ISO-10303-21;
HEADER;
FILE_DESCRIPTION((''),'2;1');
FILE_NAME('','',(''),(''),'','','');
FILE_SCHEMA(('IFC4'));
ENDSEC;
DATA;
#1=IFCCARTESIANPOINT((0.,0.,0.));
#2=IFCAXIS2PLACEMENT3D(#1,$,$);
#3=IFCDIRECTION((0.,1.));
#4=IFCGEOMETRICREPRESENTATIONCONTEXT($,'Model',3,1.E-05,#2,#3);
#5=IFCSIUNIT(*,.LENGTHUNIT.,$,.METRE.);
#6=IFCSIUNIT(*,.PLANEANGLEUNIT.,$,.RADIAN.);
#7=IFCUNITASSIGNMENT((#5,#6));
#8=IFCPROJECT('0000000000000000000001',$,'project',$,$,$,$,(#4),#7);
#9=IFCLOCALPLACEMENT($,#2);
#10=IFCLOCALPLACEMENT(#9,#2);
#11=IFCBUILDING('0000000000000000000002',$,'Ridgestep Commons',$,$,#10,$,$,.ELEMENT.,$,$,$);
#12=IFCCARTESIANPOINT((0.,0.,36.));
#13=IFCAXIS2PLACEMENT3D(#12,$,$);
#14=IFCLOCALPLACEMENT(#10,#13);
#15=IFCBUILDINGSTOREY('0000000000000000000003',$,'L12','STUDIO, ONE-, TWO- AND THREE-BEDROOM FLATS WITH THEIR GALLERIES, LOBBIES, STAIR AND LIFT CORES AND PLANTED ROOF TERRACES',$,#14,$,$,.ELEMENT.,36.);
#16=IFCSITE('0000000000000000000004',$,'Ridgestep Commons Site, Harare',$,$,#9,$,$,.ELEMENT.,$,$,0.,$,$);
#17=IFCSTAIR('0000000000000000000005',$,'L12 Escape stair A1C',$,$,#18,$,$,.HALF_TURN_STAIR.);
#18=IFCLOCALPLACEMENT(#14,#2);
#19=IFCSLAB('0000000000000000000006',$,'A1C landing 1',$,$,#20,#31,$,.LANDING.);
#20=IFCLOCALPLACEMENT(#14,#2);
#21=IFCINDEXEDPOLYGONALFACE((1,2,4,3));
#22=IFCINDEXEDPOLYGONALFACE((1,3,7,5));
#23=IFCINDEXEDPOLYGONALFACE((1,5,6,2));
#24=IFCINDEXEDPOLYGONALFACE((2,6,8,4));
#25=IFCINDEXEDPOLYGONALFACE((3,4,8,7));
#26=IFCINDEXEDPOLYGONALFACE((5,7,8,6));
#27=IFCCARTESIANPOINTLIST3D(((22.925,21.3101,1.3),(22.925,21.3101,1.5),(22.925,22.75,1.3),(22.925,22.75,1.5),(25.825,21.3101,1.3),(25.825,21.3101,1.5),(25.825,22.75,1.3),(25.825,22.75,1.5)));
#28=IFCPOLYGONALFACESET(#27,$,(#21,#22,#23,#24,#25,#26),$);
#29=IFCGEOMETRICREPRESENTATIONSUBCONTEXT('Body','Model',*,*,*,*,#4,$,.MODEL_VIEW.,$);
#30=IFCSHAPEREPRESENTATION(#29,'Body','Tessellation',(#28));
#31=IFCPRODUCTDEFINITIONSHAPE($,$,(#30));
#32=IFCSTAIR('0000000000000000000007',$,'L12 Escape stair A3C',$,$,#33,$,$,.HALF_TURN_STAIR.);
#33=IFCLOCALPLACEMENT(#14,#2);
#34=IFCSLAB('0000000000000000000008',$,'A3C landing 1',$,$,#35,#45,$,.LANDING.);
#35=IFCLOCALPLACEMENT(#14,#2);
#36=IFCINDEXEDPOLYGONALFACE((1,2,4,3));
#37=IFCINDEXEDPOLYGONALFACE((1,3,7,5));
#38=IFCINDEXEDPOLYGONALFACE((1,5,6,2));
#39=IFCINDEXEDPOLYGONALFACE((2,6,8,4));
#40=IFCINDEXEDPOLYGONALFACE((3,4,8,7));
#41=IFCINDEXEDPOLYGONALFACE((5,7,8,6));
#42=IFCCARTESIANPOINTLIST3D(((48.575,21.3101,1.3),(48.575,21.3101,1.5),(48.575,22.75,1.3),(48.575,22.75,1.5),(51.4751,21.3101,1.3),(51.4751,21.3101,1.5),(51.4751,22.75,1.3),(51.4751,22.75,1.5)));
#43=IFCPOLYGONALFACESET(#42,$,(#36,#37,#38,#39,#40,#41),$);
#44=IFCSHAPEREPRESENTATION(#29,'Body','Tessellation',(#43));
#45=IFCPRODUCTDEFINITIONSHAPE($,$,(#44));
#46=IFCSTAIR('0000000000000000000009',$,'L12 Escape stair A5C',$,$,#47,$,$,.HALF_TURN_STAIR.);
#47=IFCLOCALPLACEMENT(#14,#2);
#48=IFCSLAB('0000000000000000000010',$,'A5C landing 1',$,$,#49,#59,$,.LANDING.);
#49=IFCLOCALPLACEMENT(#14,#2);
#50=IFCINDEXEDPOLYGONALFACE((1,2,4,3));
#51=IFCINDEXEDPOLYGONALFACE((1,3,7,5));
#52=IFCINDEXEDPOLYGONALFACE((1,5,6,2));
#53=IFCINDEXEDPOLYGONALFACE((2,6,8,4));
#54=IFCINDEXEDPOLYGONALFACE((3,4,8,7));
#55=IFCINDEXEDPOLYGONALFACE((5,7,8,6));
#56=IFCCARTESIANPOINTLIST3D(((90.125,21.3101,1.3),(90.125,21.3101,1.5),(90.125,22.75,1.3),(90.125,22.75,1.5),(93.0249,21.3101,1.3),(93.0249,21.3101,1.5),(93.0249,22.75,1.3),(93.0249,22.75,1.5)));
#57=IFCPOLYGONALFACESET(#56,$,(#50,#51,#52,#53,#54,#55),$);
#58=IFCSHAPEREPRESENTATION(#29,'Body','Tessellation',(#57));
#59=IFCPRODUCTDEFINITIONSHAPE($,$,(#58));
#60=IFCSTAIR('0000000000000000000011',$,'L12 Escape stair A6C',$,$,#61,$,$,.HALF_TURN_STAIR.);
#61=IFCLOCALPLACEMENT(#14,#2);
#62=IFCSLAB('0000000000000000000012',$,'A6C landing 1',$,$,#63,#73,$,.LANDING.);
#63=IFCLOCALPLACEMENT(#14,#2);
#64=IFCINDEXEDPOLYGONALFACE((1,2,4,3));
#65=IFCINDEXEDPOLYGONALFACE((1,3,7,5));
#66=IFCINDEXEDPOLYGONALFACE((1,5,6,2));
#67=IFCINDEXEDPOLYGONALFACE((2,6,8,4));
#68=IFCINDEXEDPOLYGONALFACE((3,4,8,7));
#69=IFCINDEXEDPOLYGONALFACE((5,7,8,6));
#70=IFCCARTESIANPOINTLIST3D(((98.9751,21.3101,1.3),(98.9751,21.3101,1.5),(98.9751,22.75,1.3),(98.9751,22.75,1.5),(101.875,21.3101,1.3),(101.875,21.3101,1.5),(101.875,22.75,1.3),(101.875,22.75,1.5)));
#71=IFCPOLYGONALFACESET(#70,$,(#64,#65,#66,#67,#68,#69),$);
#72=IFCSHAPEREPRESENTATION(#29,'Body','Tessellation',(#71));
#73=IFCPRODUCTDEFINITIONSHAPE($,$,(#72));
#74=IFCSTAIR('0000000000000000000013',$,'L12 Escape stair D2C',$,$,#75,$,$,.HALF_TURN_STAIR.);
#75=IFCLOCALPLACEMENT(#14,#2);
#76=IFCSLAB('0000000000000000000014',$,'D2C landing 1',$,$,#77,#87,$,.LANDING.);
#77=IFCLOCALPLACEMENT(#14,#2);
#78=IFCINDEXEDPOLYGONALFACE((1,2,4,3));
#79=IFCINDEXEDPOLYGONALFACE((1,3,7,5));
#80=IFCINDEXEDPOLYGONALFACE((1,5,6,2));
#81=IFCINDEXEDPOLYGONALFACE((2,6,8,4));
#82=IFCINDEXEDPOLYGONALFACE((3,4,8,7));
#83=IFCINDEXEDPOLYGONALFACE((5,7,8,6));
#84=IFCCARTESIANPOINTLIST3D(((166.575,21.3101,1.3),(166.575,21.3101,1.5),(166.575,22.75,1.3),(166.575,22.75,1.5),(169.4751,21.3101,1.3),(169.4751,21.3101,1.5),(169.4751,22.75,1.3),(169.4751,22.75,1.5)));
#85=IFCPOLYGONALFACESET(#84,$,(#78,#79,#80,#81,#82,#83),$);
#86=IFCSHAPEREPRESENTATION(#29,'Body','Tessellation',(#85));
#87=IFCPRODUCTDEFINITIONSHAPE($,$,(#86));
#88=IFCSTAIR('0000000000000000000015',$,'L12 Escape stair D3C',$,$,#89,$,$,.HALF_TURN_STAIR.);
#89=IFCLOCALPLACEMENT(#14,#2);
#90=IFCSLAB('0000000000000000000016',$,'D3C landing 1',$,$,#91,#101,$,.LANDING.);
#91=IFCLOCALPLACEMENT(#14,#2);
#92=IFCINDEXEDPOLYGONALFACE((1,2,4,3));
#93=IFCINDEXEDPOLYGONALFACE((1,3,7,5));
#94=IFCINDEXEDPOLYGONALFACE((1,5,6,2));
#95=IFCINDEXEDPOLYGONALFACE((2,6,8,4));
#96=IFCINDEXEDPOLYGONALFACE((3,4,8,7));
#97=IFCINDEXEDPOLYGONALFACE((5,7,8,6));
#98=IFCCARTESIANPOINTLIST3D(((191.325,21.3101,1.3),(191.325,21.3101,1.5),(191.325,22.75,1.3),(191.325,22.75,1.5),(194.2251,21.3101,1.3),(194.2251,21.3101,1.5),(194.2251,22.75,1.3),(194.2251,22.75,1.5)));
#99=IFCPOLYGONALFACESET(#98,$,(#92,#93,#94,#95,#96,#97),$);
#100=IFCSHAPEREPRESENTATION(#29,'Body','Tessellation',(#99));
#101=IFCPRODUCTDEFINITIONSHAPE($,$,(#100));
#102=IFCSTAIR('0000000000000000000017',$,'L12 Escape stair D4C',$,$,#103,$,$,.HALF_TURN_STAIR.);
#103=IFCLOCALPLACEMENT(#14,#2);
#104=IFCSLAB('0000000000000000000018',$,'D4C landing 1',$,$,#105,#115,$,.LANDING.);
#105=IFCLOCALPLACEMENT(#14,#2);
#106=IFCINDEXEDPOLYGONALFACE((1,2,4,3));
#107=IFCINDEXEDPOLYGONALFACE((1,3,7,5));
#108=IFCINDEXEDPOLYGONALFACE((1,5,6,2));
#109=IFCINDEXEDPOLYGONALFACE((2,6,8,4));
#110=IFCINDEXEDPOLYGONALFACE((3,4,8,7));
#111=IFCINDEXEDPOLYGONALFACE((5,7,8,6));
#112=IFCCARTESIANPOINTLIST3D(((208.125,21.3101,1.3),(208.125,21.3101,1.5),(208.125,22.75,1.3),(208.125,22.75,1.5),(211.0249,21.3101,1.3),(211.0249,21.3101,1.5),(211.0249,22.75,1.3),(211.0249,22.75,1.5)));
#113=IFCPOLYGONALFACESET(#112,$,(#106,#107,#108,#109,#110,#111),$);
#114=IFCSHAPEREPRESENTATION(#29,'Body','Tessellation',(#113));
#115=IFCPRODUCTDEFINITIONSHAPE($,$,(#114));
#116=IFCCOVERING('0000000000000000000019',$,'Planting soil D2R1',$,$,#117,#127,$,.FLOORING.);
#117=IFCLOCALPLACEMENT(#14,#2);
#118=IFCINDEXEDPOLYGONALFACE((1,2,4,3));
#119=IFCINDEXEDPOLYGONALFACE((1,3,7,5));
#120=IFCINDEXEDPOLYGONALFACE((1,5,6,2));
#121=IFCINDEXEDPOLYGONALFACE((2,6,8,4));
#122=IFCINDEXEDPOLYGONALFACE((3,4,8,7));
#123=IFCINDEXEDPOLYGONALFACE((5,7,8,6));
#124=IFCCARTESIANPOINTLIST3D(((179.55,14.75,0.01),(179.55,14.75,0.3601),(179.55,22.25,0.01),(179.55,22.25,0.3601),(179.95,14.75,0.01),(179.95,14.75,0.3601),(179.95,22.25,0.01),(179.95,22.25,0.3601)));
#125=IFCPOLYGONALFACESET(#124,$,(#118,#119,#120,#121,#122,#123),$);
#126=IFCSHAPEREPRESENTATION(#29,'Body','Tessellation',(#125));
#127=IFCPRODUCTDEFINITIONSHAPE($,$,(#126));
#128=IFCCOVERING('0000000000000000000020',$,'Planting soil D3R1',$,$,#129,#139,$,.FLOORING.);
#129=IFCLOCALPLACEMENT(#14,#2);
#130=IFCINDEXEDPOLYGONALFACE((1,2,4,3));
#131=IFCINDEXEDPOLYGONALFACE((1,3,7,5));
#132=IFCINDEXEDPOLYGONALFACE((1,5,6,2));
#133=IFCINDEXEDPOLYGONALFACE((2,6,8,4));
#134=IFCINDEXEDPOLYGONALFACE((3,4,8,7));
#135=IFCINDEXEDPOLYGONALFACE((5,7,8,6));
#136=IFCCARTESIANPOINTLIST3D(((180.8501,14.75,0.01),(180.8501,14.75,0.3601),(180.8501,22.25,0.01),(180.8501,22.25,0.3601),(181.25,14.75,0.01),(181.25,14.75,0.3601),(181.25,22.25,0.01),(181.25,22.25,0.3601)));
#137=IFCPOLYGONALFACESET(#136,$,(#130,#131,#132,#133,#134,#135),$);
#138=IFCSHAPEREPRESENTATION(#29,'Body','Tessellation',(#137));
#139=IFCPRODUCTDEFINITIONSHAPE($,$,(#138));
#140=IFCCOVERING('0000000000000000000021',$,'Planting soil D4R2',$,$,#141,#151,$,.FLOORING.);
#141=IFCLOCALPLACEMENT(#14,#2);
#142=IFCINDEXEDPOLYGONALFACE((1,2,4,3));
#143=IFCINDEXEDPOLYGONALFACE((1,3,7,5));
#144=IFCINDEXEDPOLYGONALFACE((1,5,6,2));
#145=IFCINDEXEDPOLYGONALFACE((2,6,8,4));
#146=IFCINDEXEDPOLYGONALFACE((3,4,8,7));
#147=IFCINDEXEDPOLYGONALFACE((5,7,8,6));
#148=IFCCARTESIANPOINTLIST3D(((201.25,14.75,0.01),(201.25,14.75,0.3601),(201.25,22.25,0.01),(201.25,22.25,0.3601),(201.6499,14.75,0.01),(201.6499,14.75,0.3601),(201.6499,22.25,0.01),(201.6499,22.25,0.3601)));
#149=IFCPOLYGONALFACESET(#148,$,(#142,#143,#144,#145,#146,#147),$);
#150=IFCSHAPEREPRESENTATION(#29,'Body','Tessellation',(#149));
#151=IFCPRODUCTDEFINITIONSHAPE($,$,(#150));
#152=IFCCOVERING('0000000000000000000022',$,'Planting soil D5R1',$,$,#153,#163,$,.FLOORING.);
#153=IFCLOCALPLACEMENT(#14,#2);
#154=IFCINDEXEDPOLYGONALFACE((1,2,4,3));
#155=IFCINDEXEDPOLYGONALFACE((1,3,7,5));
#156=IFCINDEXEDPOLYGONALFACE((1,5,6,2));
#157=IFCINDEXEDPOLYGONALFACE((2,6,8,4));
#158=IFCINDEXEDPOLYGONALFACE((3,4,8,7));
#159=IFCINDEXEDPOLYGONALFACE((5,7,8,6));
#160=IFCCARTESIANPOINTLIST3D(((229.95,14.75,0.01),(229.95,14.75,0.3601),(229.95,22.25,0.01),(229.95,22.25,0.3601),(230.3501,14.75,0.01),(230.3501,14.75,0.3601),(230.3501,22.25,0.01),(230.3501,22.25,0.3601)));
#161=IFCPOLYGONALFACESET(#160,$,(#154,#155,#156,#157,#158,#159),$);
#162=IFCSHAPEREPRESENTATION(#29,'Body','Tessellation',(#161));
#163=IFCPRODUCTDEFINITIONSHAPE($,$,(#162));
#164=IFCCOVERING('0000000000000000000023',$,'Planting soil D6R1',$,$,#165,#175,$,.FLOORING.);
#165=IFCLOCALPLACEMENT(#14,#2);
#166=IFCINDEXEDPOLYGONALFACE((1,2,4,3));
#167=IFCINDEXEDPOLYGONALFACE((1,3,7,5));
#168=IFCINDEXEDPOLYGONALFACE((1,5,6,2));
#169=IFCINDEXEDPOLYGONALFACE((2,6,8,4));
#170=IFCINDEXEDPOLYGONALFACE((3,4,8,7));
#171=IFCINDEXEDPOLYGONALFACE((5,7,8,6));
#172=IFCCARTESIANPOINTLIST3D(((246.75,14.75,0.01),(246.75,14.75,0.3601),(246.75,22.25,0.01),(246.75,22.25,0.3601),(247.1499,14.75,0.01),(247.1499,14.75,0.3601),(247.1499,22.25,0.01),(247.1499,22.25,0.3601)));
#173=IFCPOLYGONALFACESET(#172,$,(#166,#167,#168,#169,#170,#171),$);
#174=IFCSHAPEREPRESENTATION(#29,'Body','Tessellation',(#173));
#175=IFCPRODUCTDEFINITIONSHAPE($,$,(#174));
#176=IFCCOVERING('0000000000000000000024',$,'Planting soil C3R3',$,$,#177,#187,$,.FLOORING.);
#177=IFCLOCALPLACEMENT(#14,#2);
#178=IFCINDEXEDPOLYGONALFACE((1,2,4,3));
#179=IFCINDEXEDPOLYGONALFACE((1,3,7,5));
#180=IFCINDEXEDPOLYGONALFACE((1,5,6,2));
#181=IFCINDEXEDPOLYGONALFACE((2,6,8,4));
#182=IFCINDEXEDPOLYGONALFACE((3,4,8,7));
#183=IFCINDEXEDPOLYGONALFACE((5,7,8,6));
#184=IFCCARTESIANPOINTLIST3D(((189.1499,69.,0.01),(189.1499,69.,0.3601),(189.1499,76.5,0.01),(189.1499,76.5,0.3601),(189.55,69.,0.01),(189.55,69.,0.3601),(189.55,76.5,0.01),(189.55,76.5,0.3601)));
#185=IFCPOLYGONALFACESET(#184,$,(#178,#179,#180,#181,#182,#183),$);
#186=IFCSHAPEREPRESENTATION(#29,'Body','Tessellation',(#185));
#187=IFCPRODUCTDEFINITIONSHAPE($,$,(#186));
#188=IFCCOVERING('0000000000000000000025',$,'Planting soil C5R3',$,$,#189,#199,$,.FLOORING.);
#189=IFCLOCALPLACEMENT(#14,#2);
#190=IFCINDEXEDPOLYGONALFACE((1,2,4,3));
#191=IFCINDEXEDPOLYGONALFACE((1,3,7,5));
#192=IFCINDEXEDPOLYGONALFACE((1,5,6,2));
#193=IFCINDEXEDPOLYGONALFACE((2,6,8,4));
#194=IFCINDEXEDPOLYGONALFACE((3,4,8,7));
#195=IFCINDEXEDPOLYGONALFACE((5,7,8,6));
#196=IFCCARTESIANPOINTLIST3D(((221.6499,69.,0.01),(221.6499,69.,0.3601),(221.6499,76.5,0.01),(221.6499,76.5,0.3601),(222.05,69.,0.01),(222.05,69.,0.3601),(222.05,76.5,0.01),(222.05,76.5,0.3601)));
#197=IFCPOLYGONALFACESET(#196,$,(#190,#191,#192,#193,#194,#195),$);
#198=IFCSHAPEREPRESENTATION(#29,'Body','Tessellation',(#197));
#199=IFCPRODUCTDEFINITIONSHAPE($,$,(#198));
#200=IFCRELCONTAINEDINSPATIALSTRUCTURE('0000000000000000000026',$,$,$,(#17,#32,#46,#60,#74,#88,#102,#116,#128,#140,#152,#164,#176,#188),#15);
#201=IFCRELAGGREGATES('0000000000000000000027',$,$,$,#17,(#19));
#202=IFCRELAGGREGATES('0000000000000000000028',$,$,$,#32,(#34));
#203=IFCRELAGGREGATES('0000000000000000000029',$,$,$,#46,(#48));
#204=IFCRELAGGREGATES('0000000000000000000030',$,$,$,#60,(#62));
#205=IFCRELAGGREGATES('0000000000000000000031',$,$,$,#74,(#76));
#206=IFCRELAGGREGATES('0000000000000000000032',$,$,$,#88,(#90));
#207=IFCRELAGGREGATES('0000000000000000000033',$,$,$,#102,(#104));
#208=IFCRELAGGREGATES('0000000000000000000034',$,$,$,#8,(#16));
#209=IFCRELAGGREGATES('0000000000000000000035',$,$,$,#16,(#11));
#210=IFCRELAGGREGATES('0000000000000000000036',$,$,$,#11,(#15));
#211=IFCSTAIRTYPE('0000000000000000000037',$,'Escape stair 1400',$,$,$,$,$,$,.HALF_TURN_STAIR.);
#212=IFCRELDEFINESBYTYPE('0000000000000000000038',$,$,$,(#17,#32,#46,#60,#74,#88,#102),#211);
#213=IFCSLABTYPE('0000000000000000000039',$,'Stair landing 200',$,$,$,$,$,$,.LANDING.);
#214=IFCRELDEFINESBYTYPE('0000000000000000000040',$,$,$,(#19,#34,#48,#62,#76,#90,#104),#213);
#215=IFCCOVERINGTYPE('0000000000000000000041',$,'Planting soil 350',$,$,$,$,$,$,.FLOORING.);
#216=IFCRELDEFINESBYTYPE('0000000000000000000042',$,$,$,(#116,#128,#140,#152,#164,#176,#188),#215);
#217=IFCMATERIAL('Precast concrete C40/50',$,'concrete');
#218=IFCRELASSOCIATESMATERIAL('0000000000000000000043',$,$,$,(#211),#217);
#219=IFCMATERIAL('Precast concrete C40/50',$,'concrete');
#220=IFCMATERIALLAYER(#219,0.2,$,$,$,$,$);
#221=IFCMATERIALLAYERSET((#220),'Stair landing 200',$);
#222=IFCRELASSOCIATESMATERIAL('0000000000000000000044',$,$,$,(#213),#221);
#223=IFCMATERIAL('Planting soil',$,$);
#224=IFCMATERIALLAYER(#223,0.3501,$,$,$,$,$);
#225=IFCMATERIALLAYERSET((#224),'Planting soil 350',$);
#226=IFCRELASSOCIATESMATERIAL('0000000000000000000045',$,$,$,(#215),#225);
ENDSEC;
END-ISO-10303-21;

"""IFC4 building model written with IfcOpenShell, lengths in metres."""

from ifc_helpers import new_model, si_unit, direction, frame, origin, place, context, subcontext, project, spatial, polyline, outline, extrude, material, layer, layer_set, type_object, element, aggregate, save


model = new_model("IFC4")

# Units and contexts
model_context = context("Model", 3, precision=1e-05, world=origin(), true_north=direction((0.0, 1.0)))
body_context = subcontext(model_context, "Body", "Model", "MODEL_VIEW")
ifc_project = project(units=[si_unit("LENGTHUNIT", "METRE"), si_unit("PLANEANGLEUNIT", "RADIAN")], contexts=[model_context])

# Site, building, storey
site_placement = place(None, origin())
site = spatial("IfcSite", under=ifc_project, at=site_placement, Name="Ridgestep Commons Site, Harare", CompositionType="ELEMENT", RefElevation=0.0)
building_placement = place(site_placement, origin())
building = spatial("IfcBuilding", under=site, at=building_placement, Name="Ridgestep Commons", CompositionType="ELEMENT")
storey_placement = place(building_placement, frame((0.0, 0.0, 36.0)))
storey = spatial("IfcBuildingStorey", under=building, at=storey_placement, Name="L12", Description="STUDIO, ONE-, TWO- AND THREE-BEDROOM FLATS WITH THEIR GALLERIES, LOBBIES, STAIR AND LIFT CORES AND PLANTED ROOF TERRACES", CompositionType="ELEMENT", Elevation=36.0)

# Stairs, slabs
ifc_material_1 = material(Name="Precast concrete C40/50", Category="concrete")
stair_type = type_object("IfcStairType", Name="Escape stair 1400", PredefinedType="HALF_TURN_STAIR", material=ifc_material_1)
stair_1_placement = place(storey_placement, origin())
stair_1 = element("IfcStair", 1, at=stair_1_placement, inside=storey, type_object=stair_type, Name="L12 Escape stair A1C", PredefinedType="HALF_TURN_STAIR")
ifc_material_2 = material(Name="Precast concrete C40/50", Category="concrete")
ifc_layer_1 = layer(ifc_material_2, 0.2)
ifc_layer_set_1 = layer_set([ifc_layer_1], Name="Stair landing 200")
slab_type = type_object("IfcSlabType", Name="Stair landing 200", PredefinedType="LANDING", material=ifc_layer_set_1)
slab_1_placement = place(storey_placement, frame((0.0, 0.0, 1.3)))
slab_1 = element("IfcSlab", 2, at=slab_1_placement, type_object=slab_type, Name="A1C landing 1", PredefinedType="LANDING", context=body_context, shape_type="SweptSolid", body=[
    extrude(outline(polyline([(25.825, 21.3101), (25.825, 22.75), (22.925, 22.75), (22.925, 21.3101), (25.825, 21.3101)])), origin(), (0.0, 0.0, 1.0), 0.2),
])
aggregate(stair_1, [slab_1])
stair_2_placement = place(storey_placement, origin())
stair_2 = element("IfcStair", 3, at=stair_2_placement, inside=storey, type_object=stair_type, Name="L12 Escape stair A3C", PredefinedType="HALF_TURN_STAIR")
slab_2_placement = place(storey_placement, frame((0.0, 0.0, 1.3)))
slab_2 = element("IfcSlab", 4, at=slab_2_placement, type_object=slab_type, Name="A3C landing 1", PredefinedType="LANDING", context=body_context, shape_type="SweptSolid", body=[
    extrude(outline(polyline([(51.4751, 21.3101), (51.4751, 22.75), (48.575, 22.75), (48.575, 21.3101), (51.4751, 21.3101)])), origin(), (0.0, 0.0, 1.0), 0.2),
])
aggregate(stair_2, [slab_2])
stair_3_placement = place(storey_placement, origin())
stair_3 = element("IfcStair", 5, at=stair_3_placement, inside=storey, type_object=stair_type, Name="L12 Escape stair A5C", PredefinedType="HALF_TURN_STAIR")
slab_3_placement = place(storey_placement, frame((0.0, 0.0, 1.3)))
slab_3 = element("IfcSlab", 6, at=slab_3_placement, type_object=slab_type, Name="A5C landing 1", PredefinedType="LANDING", context=body_context, shape_type="SweptSolid", body=[
    extrude(outline(polyline([(93.0249, 21.3101), (93.0249, 22.75), (90.125, 22.75), (90.125, 21.3101), (93.0249, 21.3101)])), origin(), (0.0, 0.0, 1.0), 0.2),
])
aggregate(stair_3, [slab_3])
stair_4_placement = place(storey_placement, origin())
stair_4 = element("IfcStair", 7, at=stair_4_placement, inside=storey, type_object=stair_type, Name="L12 Escape stair A6C", PredefinedType="HALF_TURN_STAIR")
slab_4_placement = place(storey_placement, frame((0.0, 0.0, 1.3)))
slab_4 = element("IfcSlab", 8, at=slab_4_placement, type_object=slab_type, Name="A6C landing 1", PredefinedType="LANDING", context=body_context, shape_type="SweptSolid", body=[
    extrude(outline(polyline([(101.875, 21.3101), (101.875, 22.75), (98.9751, 22.75), (98.9751, 21.3101), (101.875, 21.3101)])), origin(), (0.0, 0.0, 1.0), 0.2),
])
aggregate(stair_4, [slab_4])
stair_5_placement = place(storey_placement, origin())
stair_5 = element("IfcStair", 9, at=stair_5_placement, inside=storey, type_object=stair_type, Name="L12 Escape stair D2C", PredefinedType="HALF_TURN_STAIR")
slab_5_placement = place(storey_placement, frame((0.0, 0.0, 1.3)))
slab_5 = element("IfcSlab", 10, at=slab_5_placement, type_object=slab_type, Name="D2C landing 1", PredefinedType="LANDING", context=body_context, shape_type="SweptSolid", body=[
    extrude(outline(polyline([(169.4751, 21.3101), (169.4751, 22.75), (166.575, 22.75), (166.575, 21.3101), (169.4751, 21.3101)])), origin(), (0.0, 0.0, 1.0), 0.2),
])
aggregate(stair_5, [slab_5])
stair_6_placement = place(storey_placement, origin())
stair_6 = element("IfcStair", 11, at=stair_6_placement, inside=storey, type_object=stair_type, Name="L12 Escape stair D3C", PredefinedType="HALF_TURN_STAIR")
slab_6_placement = place(storey_placement, frame((0.0, 0.0, 1.3)))
slab_6 = element("IfcSlab", 12, at=slab_6_placement, type_object=slab_type, Name="D3C landing 1", PredefinedType="LANDING", context=body_context, shape_type="SweptSolid", body=[
    extrude(outline(polyline([(194.2251, 21.3101), (194.2251, 22.75), (191.325, 22.75), (191.325, 21.3101), (194.2251, 21.3101)])), origin(), (0.0, 0.0, 1.0), 0.2),
])
aggregate(stair_6, [slab_6])
stair_7_placement = place(storey_placement, origin())
stair_7 = element("IfcStair", 13, at=stair_7_placement, inside=storey, type_object=stair_type, Name="L12 Escape stair D4C", PredefinedType="HALF_TURN_STAIR")
slab_7_placement = place(storey_placement, frame((0.0, 0.0, 1.3)))
slab_7 = element("IfcSlab", 14, at=slab_7_placement, type_object=slab_type, Name="D4C landing 1", PredefinedType="LANDING", context=body_context, shape_type="SweptSolid", body=[
    extrude(outline(polyline([(211.0249, 21.3101), (211.0249, 22.75), (208.125, 22.75), (208.125, 21.3101), (211.0249, 21.3101)])), origin(), (0.0, 0.0, 1.0), 0.2),
])
aggregate(stair_7, [slab_7])

# Coverings
ifc_material_3 = material(Name="Planting soil")
ifc_layer_2 = layer(ifc_material_3, 0.3501)
ifc_layer_set_2 = layer_set([ifc_layer_2], Name="Planting soil 350")
covering_type_1 = type_object("IfcCoveringType", Name="Planting soil 350", PredefinedType="FLOORING", material=ifc_layer_set_2)
covering_1_placement = place(storey_placement, frame((0.0, 0.0, 0.01)))
element("IfcCovering", 15, at=covering_1_placement, inside=storey, type_object=covering_type_1, Name="Planting soil D2R1", PredefinedType="FLOORING", context=body_context, shape_type="SweptSolid", body=[
    extrude(outline(polyline([(179.55, 14.75), (179.95, 14.75), (179.95, 22.25), (179.55, 22.25), (179.55, 14.75)])), origin(), (0.0, 0.0, 1.0), 0.3501),
])
covering_2_placement = place(storey_placement, frame((0.0, 0.0, 0.01)))
element("IfcCovering", 16, at=covering_2_placement, inside=storey, type_object=covering_type_1, Name="Planting soil D3R1", PredefinedType="FLOORING", context=body_context, shape_type="SweptSolid", body=[
    extrude(outline(polyline([(180.8501, 14.75), (181.25, 14.75), (181.25, 22.25), (180.8501, 22.25), (180.8501, 14.75)])), origin(), (0.0, 0.0, 1.0), 0.3501),
])
covering_3_placement = place(storey_placement, frame((0.0, 0.0, 0.01)))
element("IfcCovering", 17, at=covering_3_placement, inside=storey, type_object=covering_type_1, Name="Planting soil D4R2", PredefinedType="FLOORING", context=body_context, shape_type="SweptSolid", body=[
    extrude(outline(polyline([(201.25, 14.75), (201.6499, 14.75), (201.6499, 22.25), (201.25, 22.25), (201.25, 14.75)])), origin(), (0.0, 0.0, 1.0), 0.3501),
])
covering_4_placement = place(storey_placement, frame((0.0, 0.0, 0.01)))
element("IfcCovering", 18, at=covering_4_placement, inside=storey, type_object=covering_type_1, Name="Planting soil D5R1", PredefinedType="FLOORING", context=body_context, shape_type="SweptSolid", body=[
    extrude(outline(polyline([(229.95, 14.75), (230.3501, 14.75), (230.3501, 22.25), (229.95, 22.25), (229.95, 14.75)])), origin(), (0.0, 0.0, 1.0), 0.3501),
])
covering_5_placement = place(storey_placement, frame((0.0, 0.0, 0.01)))
element("IfcCovering", 19, at=covering_5_placement, inside=storey, type_object=covering_type_1, Name="Planting soil D6R1", PredefinedType="FLOORING", context=body_context, shape_type="SweptSolid", body=[
    extrude(outline(polyline([(246.75, 14.75), (247.1499, 14.75), (247.1499, 22.25), (246.75, 22.25), (246.75, 14.75)])), origin(), (0.0, 0.0, 1.0), 0.3501),
])
covering_6_placement = place(storey_placement, frame((0.0, 0.0, 0.01)))
element("IfcCovering", 20, at=covering_6_placement, inside=storey, type_object=covering_type_1, Name="Planting soil C3R3", PredefinedType="FLOORING", context=body_context, shape_type="SweptSolid", body=[
    extrude(outline(polyline([(189.1499, 69.0), (189.55, 69.0), (189.55, 76.5), (189.1499, 76.5), (189.1499, 69.0)])), origin(), (0.0, 0.0, 1.0), 0.3501),
])
covering_7_placement = place(storey_placement, frame((0.0, 0.0, 0.01)))
element("IfcCovering", 21, at=covering_7_placement, inside=storey, type_object=covering_type_1, Name="Planting soil C5R3", PredefinedType="FLOORING", context=body_context, shape_type="SweptSolid", body=[
    extrude(outline(polyline([(221.6499, 69.0), (222.05, 69.0), (222.05, 76.5), (221.6499, 76.5), (221.6499, 69.0)])), origin(), (0.0, 0.0, 1.0), 0.3501),
])

save(model, "model.ifc")
